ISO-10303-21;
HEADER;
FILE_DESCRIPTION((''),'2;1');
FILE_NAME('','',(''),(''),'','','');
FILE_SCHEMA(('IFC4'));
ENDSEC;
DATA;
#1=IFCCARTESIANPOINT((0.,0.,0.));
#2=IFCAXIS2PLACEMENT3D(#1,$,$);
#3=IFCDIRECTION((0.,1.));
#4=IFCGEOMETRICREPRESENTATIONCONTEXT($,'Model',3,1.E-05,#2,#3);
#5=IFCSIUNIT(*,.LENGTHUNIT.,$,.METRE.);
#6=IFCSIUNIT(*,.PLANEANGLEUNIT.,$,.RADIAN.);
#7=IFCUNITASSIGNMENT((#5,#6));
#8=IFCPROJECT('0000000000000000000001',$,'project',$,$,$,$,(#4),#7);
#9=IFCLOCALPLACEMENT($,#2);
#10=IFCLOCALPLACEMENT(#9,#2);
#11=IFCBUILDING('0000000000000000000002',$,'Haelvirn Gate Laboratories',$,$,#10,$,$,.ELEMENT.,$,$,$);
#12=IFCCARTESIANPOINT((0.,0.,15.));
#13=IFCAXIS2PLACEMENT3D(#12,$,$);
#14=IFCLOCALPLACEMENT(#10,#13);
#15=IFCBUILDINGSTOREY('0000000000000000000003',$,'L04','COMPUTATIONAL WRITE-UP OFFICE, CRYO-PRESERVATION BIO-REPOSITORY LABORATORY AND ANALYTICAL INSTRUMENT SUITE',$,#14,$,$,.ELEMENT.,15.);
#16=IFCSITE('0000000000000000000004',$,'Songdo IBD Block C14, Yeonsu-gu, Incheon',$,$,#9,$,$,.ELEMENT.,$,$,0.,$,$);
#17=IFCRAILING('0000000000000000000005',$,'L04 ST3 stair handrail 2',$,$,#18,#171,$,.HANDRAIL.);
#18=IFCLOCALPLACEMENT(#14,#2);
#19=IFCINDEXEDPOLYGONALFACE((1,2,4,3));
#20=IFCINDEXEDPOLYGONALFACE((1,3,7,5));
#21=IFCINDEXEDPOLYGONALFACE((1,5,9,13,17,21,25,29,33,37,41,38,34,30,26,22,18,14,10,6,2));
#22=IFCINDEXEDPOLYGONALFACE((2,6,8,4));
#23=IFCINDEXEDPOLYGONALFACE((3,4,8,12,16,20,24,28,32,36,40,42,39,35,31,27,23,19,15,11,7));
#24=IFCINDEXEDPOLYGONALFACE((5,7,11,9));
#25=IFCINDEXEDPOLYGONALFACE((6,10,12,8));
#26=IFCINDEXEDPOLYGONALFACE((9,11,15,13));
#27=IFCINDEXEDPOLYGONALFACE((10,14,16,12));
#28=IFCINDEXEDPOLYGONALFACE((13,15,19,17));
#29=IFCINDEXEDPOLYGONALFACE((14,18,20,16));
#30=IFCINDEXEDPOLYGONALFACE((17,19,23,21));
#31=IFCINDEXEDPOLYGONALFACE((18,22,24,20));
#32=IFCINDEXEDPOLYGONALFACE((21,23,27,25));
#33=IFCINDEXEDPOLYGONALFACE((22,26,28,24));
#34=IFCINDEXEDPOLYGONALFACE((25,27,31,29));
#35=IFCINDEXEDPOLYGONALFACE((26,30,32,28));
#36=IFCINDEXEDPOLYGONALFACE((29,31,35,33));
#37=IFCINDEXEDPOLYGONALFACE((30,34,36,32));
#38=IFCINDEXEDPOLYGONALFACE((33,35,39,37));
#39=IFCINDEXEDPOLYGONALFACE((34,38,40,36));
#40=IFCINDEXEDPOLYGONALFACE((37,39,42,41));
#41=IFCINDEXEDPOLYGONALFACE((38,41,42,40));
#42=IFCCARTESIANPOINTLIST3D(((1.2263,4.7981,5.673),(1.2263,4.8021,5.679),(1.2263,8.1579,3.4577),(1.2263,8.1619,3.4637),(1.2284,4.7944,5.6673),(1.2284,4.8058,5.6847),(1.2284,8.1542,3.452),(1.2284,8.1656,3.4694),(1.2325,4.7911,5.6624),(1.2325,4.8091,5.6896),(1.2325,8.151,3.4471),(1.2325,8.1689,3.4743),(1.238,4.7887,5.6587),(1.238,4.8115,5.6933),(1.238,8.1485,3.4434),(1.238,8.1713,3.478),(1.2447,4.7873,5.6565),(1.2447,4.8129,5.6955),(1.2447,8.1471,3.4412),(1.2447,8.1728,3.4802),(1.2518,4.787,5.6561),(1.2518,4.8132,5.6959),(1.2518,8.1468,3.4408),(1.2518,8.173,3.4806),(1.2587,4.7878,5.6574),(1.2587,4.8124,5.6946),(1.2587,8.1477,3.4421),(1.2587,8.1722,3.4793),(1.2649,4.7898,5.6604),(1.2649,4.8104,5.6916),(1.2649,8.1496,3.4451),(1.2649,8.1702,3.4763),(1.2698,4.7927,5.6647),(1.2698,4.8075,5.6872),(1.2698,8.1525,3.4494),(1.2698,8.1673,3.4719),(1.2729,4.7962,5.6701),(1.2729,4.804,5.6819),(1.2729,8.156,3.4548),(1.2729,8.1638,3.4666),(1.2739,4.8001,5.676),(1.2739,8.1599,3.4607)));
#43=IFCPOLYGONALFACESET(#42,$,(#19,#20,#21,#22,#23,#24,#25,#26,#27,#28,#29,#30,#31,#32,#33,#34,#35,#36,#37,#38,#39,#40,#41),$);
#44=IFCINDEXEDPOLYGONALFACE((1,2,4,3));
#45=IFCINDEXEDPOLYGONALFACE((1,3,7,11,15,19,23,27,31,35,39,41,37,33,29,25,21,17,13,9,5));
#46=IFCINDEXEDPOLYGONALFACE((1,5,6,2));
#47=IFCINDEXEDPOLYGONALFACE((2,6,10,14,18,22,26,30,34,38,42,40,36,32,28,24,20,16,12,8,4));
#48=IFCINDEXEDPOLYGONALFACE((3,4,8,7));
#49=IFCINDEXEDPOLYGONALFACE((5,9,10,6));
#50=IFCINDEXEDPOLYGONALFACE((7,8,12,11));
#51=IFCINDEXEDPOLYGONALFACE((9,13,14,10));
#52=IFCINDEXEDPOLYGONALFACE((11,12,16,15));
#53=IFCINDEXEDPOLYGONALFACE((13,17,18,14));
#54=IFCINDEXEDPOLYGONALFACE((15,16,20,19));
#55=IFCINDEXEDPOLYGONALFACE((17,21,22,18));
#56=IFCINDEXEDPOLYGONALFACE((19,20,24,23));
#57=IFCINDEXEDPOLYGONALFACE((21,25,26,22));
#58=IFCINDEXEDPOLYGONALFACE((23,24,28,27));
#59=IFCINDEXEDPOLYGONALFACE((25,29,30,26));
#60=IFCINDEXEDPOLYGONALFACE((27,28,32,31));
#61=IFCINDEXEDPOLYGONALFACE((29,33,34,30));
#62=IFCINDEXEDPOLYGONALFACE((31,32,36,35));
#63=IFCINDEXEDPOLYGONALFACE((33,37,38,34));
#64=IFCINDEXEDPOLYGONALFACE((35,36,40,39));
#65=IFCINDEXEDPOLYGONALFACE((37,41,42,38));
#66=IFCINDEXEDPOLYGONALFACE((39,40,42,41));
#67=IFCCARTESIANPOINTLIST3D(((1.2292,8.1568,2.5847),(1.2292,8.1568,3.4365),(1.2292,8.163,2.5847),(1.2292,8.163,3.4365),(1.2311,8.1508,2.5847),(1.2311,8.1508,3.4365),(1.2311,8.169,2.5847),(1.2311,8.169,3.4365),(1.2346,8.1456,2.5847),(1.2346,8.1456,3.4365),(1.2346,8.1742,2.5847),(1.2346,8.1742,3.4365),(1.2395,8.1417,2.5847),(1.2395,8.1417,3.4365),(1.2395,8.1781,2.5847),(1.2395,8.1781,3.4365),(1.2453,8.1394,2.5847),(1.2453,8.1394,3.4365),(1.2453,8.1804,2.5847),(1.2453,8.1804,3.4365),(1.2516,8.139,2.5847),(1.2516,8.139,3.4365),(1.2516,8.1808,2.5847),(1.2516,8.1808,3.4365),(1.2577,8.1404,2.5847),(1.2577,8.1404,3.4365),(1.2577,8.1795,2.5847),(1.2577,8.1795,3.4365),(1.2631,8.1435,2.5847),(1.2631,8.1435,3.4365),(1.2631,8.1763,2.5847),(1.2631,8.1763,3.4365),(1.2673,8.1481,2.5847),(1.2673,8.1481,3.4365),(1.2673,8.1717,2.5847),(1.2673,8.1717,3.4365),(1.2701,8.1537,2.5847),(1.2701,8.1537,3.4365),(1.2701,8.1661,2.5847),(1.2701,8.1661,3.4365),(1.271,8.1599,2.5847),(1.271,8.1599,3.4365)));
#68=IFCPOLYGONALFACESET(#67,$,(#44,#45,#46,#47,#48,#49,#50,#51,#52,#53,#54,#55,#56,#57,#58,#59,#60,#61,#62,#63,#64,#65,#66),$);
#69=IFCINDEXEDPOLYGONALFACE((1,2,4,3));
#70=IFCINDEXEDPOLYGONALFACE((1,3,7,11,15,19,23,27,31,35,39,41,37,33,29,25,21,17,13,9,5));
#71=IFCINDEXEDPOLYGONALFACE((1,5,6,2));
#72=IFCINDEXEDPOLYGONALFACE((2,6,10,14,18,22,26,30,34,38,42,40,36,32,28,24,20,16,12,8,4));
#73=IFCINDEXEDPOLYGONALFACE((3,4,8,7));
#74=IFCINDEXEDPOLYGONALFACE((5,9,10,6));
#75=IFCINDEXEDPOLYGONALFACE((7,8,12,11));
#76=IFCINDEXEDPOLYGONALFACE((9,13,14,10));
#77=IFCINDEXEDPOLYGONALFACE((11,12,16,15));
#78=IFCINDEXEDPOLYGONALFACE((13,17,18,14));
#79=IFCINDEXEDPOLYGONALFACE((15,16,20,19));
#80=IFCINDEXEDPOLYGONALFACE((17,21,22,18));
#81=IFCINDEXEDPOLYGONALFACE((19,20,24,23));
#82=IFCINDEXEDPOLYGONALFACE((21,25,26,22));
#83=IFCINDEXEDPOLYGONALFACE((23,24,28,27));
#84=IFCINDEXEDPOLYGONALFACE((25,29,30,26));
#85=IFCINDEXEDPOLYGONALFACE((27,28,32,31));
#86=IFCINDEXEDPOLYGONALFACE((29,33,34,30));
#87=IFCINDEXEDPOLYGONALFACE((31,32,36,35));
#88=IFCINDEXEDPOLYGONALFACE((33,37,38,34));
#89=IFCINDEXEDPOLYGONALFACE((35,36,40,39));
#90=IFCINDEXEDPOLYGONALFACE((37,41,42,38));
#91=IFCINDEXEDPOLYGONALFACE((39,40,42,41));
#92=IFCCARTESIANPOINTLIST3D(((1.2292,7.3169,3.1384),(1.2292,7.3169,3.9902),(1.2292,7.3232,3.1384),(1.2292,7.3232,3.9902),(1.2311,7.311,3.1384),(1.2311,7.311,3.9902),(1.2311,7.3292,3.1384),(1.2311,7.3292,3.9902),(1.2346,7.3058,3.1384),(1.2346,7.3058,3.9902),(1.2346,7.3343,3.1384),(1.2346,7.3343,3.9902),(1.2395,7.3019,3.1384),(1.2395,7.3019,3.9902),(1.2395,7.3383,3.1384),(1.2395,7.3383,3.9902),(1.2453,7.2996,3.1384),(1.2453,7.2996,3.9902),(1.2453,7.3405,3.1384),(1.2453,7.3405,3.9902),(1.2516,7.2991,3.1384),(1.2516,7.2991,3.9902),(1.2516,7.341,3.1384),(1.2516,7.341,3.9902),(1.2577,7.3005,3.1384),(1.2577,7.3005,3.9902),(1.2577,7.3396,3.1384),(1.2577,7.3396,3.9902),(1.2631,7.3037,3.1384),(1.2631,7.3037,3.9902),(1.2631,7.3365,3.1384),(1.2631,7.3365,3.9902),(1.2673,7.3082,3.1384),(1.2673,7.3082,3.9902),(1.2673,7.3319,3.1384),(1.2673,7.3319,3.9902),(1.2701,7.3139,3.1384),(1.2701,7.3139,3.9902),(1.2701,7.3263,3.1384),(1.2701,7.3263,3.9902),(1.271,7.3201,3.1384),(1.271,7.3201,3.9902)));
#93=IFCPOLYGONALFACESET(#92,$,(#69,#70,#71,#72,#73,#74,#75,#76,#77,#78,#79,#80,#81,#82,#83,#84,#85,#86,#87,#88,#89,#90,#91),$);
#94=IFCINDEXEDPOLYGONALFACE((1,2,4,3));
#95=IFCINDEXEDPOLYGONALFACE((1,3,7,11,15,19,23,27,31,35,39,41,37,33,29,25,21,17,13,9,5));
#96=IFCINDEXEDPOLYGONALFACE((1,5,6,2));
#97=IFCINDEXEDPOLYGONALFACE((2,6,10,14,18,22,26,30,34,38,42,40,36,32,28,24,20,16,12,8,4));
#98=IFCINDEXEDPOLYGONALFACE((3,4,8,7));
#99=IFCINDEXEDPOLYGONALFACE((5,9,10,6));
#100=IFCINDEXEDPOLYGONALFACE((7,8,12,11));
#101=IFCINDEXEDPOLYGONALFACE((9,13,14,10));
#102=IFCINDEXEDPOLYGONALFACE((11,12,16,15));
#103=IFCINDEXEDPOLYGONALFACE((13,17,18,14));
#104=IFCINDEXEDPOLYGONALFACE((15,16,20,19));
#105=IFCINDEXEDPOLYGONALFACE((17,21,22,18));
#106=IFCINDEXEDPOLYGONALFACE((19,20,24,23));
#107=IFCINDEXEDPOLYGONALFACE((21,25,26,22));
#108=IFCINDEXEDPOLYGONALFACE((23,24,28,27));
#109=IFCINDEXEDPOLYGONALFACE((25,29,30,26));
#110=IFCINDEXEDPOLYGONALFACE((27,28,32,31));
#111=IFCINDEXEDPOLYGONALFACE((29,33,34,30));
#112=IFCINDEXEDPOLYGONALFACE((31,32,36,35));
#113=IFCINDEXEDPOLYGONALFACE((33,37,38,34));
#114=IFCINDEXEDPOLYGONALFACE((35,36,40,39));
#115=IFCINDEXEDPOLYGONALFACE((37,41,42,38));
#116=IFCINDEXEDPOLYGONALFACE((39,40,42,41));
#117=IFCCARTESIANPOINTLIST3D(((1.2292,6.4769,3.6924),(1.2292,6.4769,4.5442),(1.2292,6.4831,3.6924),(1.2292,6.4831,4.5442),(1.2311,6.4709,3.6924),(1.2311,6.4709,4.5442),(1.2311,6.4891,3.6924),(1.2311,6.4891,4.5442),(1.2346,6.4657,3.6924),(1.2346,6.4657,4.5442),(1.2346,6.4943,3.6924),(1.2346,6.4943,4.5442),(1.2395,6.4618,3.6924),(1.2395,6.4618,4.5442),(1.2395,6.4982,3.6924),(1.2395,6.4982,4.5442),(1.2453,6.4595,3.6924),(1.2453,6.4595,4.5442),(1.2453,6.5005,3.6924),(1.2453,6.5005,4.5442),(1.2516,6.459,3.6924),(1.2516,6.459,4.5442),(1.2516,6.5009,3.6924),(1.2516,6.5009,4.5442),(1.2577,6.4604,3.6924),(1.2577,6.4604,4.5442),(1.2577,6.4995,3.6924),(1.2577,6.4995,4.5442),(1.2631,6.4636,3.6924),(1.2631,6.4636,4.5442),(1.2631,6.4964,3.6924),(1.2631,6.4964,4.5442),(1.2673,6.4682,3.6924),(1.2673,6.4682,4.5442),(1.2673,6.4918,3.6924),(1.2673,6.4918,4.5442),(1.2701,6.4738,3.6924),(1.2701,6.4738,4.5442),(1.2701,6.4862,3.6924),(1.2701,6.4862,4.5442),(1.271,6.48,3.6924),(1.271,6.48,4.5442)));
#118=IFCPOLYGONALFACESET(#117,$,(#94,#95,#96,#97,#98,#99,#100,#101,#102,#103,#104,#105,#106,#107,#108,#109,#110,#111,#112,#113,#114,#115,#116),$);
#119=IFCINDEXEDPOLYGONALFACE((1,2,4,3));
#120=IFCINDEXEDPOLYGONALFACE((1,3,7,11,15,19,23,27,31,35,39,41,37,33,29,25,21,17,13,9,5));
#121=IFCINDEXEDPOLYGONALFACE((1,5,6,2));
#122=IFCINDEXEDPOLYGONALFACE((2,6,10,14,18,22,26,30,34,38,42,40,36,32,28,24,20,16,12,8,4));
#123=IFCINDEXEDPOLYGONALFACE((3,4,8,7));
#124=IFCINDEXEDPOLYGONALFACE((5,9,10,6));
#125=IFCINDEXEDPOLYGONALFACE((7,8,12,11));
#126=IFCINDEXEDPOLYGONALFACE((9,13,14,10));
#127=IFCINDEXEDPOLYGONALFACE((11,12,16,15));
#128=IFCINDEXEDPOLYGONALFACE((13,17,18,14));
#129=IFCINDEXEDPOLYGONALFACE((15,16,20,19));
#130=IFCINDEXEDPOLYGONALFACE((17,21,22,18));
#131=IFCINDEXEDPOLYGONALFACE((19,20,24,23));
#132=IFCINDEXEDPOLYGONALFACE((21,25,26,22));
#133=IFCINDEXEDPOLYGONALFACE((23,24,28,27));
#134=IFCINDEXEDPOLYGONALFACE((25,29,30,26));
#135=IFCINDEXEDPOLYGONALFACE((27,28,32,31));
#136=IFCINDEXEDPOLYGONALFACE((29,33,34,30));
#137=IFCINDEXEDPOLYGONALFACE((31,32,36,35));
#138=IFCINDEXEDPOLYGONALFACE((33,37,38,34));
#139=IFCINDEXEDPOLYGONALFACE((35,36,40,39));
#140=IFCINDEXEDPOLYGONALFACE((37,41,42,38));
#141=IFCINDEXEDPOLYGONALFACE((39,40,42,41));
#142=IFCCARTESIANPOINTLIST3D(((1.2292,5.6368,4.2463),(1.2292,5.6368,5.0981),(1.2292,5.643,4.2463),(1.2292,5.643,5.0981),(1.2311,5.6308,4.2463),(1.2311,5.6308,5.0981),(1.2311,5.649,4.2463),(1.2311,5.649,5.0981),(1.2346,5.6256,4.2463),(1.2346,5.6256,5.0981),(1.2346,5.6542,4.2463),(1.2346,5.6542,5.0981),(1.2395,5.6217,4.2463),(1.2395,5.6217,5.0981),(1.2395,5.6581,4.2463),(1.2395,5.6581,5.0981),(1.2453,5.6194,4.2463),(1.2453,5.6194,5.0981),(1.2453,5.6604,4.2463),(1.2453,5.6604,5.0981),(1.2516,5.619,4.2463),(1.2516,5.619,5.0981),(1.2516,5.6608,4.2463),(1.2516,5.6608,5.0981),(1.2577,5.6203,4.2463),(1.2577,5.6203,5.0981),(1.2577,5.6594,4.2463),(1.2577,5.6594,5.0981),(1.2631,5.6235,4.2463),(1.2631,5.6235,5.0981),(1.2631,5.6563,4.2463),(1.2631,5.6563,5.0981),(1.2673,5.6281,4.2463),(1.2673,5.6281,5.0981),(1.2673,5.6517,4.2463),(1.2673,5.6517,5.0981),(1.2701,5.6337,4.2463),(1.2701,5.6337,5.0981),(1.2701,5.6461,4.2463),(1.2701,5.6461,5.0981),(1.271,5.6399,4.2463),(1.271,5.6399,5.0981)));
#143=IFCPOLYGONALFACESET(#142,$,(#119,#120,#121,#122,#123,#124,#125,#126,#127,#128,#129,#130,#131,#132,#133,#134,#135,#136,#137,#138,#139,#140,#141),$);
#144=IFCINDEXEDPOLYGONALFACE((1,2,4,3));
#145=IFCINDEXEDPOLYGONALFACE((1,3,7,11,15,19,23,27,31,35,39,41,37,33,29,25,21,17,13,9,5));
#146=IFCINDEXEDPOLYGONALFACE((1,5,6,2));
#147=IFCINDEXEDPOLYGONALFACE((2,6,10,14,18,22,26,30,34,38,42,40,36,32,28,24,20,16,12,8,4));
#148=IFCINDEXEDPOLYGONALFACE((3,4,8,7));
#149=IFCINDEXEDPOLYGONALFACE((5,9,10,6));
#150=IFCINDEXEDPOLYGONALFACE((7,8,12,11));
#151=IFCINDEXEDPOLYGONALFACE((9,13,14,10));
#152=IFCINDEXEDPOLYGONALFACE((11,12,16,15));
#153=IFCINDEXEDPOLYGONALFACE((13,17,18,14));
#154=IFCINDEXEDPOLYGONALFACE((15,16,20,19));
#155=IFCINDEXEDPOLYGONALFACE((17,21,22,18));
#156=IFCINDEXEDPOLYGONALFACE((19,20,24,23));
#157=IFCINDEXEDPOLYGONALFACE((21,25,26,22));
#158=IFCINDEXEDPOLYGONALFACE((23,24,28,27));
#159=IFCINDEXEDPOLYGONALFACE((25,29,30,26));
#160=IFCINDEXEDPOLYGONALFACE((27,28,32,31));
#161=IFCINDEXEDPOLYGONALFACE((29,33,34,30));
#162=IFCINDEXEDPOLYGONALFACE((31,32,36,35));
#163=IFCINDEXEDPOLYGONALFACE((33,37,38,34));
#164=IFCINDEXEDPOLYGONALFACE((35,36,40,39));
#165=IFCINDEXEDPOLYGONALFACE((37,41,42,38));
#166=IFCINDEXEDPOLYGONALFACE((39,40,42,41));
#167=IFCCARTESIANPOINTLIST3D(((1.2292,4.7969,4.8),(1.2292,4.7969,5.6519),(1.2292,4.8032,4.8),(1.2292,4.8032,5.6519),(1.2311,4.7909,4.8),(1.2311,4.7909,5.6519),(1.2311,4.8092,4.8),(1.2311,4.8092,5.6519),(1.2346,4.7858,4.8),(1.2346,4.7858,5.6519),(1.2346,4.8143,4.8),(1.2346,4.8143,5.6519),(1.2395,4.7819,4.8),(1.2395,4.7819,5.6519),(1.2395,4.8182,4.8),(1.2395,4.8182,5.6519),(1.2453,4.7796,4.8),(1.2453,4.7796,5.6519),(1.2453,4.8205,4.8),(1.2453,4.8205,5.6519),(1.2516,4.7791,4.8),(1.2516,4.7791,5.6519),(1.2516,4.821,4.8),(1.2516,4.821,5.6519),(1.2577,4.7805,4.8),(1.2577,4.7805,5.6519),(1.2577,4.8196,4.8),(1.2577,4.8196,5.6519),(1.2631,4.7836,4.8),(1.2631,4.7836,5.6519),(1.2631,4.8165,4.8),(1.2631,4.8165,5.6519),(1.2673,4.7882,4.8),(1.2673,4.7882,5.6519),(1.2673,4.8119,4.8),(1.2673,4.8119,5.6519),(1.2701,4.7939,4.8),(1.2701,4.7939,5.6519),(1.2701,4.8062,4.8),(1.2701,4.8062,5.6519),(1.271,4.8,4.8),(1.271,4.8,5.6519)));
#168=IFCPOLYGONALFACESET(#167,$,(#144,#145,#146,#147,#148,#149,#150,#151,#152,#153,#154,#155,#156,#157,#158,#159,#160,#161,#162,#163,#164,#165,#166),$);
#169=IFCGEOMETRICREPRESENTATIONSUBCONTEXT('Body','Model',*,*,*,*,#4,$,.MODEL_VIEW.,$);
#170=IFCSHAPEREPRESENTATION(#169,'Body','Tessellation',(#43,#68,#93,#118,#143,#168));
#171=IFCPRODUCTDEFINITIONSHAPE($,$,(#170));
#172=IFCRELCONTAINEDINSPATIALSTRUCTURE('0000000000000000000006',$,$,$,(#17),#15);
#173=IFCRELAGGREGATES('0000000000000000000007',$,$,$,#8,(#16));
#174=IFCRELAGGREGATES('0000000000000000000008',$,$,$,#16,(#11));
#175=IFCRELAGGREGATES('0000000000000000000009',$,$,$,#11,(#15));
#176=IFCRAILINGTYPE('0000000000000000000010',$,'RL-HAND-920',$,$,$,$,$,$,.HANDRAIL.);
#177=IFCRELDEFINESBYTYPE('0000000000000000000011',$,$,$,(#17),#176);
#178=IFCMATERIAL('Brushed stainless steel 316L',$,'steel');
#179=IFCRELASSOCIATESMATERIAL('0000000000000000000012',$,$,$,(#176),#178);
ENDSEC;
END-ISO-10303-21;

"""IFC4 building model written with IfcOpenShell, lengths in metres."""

from ifc_helpers import new_model, si_unit, direction, frame, origin, origin_2d, place, context, subcontext, project, spatial, circle, extrude, source, transform, mapped, material, type_object, type_shapes, element, save


model = new_model("IFC4")

# Units and contexts
model_context = context("Model", 3, precision=1e-05, world=origin(), true_north=direction((0.0, 1.0)))
body_context = subcontext(model_context, "Body", "Model", "MODEL_VIEW")
ifc_project = project(units=[si_unit("LENGTHUNIT", "METRE"), si_unit("PLANEANGLEUNIT", "RADIAN")], contexts=[model_context])

# Site, building, storey
site_placement = place(None, origin())
site = spatial("IfcSite", under=ifc_project, at=site_placement, Name="Songdo IBD Block C14, Yeonsu-gu, Incheon", CompositionType="ELEMENT", RefElevation=0.0)
building_placement = place(site_placement, origin())
building = spatial("IfcBuilding", under=site, at=building_placement, Name="Haelvirn Gate Laboratories", CompositionType="ELEMENT")
storey_placement = place(building_placement, frame((0.0, 0.0, 15.0)))
storey = spatial("IfcBuildingStorey", under=building, at=storey_placement, Name="L04", Description="COMPUTATIONAL WRITE-UP OFFICE, CRYO-PRESERVATION BIO-REPOSITORY LABORATORY AND ANALYTICAL INSTRUMENT SUITE", CompositionType="ELEMENT", Elevation=15.0)

# Railing
ifc_material_1 = material(Name="Brushed stainless steel 316L", Category="steel")
railing_type_1 = type_object("IfcRailingType", Name="RL-HAND-920", PredefinedType="HANDRAIL", material=ifc_material_1)
shared_shape_1 = source(origin(), body_context, "Body", "SweptSolid", [
    extrude(circle(Radius=0.0239, at=origin_2d()), frame((0.0, 0.0, 0.876), z_axis=(0.0, -0.834858, 0.550465), x_axis=(1.0, 0.0, 0.0)), (0.0, 0.0, 1.0), 4.0244),
    extrude(circle(Radius=0.021, at=origin_2d()), origin(), (0.0, 0.0, 1.0), 0.8518),
    extrude(circle(Radius=0.021, at=origin_2d()), frame((0.0, -0.8398, 0.5537)), (0.0, 0.0, 1.0), 0.8518),
    extrude(circle(Radius=0.021, at=origin_2d()), frame((0.0, -1.6799, 1.1077)), (0.0, 0.0, 1.0), 0.8518),
    extrude(circle(Radius=0.021, at=origin_2d()), frame((0.0, -2.52, 1.6616)), (0.0, 0.0, 1.0), 0.8518),
    extrude(circle(Radius=0.021, at=origin_2d()), frame((0.0, -3.3599, 2.2153)), (0.0, 0.0, 1.0), 0.8518),
])
type_shapes(railing_type_1, [shared_shape_1])
railing_1_placement = place(storey_placement, frame((1.25, 8.1599, 2.5847)))
element("IfcRailing", 1, at=railing_1_placement, inside=storey, type_object=railing_type_1, Name="L04 ST3 stair handrail 2", PredefinedType="HANDRAIL", context=body_context, shape_type="MappedRepresentation", body=[
    mapped(shared_shape_1, transform((0.0, 0.0, 0.0), scale=1.0)),
])

save(model, "model.ifc")
